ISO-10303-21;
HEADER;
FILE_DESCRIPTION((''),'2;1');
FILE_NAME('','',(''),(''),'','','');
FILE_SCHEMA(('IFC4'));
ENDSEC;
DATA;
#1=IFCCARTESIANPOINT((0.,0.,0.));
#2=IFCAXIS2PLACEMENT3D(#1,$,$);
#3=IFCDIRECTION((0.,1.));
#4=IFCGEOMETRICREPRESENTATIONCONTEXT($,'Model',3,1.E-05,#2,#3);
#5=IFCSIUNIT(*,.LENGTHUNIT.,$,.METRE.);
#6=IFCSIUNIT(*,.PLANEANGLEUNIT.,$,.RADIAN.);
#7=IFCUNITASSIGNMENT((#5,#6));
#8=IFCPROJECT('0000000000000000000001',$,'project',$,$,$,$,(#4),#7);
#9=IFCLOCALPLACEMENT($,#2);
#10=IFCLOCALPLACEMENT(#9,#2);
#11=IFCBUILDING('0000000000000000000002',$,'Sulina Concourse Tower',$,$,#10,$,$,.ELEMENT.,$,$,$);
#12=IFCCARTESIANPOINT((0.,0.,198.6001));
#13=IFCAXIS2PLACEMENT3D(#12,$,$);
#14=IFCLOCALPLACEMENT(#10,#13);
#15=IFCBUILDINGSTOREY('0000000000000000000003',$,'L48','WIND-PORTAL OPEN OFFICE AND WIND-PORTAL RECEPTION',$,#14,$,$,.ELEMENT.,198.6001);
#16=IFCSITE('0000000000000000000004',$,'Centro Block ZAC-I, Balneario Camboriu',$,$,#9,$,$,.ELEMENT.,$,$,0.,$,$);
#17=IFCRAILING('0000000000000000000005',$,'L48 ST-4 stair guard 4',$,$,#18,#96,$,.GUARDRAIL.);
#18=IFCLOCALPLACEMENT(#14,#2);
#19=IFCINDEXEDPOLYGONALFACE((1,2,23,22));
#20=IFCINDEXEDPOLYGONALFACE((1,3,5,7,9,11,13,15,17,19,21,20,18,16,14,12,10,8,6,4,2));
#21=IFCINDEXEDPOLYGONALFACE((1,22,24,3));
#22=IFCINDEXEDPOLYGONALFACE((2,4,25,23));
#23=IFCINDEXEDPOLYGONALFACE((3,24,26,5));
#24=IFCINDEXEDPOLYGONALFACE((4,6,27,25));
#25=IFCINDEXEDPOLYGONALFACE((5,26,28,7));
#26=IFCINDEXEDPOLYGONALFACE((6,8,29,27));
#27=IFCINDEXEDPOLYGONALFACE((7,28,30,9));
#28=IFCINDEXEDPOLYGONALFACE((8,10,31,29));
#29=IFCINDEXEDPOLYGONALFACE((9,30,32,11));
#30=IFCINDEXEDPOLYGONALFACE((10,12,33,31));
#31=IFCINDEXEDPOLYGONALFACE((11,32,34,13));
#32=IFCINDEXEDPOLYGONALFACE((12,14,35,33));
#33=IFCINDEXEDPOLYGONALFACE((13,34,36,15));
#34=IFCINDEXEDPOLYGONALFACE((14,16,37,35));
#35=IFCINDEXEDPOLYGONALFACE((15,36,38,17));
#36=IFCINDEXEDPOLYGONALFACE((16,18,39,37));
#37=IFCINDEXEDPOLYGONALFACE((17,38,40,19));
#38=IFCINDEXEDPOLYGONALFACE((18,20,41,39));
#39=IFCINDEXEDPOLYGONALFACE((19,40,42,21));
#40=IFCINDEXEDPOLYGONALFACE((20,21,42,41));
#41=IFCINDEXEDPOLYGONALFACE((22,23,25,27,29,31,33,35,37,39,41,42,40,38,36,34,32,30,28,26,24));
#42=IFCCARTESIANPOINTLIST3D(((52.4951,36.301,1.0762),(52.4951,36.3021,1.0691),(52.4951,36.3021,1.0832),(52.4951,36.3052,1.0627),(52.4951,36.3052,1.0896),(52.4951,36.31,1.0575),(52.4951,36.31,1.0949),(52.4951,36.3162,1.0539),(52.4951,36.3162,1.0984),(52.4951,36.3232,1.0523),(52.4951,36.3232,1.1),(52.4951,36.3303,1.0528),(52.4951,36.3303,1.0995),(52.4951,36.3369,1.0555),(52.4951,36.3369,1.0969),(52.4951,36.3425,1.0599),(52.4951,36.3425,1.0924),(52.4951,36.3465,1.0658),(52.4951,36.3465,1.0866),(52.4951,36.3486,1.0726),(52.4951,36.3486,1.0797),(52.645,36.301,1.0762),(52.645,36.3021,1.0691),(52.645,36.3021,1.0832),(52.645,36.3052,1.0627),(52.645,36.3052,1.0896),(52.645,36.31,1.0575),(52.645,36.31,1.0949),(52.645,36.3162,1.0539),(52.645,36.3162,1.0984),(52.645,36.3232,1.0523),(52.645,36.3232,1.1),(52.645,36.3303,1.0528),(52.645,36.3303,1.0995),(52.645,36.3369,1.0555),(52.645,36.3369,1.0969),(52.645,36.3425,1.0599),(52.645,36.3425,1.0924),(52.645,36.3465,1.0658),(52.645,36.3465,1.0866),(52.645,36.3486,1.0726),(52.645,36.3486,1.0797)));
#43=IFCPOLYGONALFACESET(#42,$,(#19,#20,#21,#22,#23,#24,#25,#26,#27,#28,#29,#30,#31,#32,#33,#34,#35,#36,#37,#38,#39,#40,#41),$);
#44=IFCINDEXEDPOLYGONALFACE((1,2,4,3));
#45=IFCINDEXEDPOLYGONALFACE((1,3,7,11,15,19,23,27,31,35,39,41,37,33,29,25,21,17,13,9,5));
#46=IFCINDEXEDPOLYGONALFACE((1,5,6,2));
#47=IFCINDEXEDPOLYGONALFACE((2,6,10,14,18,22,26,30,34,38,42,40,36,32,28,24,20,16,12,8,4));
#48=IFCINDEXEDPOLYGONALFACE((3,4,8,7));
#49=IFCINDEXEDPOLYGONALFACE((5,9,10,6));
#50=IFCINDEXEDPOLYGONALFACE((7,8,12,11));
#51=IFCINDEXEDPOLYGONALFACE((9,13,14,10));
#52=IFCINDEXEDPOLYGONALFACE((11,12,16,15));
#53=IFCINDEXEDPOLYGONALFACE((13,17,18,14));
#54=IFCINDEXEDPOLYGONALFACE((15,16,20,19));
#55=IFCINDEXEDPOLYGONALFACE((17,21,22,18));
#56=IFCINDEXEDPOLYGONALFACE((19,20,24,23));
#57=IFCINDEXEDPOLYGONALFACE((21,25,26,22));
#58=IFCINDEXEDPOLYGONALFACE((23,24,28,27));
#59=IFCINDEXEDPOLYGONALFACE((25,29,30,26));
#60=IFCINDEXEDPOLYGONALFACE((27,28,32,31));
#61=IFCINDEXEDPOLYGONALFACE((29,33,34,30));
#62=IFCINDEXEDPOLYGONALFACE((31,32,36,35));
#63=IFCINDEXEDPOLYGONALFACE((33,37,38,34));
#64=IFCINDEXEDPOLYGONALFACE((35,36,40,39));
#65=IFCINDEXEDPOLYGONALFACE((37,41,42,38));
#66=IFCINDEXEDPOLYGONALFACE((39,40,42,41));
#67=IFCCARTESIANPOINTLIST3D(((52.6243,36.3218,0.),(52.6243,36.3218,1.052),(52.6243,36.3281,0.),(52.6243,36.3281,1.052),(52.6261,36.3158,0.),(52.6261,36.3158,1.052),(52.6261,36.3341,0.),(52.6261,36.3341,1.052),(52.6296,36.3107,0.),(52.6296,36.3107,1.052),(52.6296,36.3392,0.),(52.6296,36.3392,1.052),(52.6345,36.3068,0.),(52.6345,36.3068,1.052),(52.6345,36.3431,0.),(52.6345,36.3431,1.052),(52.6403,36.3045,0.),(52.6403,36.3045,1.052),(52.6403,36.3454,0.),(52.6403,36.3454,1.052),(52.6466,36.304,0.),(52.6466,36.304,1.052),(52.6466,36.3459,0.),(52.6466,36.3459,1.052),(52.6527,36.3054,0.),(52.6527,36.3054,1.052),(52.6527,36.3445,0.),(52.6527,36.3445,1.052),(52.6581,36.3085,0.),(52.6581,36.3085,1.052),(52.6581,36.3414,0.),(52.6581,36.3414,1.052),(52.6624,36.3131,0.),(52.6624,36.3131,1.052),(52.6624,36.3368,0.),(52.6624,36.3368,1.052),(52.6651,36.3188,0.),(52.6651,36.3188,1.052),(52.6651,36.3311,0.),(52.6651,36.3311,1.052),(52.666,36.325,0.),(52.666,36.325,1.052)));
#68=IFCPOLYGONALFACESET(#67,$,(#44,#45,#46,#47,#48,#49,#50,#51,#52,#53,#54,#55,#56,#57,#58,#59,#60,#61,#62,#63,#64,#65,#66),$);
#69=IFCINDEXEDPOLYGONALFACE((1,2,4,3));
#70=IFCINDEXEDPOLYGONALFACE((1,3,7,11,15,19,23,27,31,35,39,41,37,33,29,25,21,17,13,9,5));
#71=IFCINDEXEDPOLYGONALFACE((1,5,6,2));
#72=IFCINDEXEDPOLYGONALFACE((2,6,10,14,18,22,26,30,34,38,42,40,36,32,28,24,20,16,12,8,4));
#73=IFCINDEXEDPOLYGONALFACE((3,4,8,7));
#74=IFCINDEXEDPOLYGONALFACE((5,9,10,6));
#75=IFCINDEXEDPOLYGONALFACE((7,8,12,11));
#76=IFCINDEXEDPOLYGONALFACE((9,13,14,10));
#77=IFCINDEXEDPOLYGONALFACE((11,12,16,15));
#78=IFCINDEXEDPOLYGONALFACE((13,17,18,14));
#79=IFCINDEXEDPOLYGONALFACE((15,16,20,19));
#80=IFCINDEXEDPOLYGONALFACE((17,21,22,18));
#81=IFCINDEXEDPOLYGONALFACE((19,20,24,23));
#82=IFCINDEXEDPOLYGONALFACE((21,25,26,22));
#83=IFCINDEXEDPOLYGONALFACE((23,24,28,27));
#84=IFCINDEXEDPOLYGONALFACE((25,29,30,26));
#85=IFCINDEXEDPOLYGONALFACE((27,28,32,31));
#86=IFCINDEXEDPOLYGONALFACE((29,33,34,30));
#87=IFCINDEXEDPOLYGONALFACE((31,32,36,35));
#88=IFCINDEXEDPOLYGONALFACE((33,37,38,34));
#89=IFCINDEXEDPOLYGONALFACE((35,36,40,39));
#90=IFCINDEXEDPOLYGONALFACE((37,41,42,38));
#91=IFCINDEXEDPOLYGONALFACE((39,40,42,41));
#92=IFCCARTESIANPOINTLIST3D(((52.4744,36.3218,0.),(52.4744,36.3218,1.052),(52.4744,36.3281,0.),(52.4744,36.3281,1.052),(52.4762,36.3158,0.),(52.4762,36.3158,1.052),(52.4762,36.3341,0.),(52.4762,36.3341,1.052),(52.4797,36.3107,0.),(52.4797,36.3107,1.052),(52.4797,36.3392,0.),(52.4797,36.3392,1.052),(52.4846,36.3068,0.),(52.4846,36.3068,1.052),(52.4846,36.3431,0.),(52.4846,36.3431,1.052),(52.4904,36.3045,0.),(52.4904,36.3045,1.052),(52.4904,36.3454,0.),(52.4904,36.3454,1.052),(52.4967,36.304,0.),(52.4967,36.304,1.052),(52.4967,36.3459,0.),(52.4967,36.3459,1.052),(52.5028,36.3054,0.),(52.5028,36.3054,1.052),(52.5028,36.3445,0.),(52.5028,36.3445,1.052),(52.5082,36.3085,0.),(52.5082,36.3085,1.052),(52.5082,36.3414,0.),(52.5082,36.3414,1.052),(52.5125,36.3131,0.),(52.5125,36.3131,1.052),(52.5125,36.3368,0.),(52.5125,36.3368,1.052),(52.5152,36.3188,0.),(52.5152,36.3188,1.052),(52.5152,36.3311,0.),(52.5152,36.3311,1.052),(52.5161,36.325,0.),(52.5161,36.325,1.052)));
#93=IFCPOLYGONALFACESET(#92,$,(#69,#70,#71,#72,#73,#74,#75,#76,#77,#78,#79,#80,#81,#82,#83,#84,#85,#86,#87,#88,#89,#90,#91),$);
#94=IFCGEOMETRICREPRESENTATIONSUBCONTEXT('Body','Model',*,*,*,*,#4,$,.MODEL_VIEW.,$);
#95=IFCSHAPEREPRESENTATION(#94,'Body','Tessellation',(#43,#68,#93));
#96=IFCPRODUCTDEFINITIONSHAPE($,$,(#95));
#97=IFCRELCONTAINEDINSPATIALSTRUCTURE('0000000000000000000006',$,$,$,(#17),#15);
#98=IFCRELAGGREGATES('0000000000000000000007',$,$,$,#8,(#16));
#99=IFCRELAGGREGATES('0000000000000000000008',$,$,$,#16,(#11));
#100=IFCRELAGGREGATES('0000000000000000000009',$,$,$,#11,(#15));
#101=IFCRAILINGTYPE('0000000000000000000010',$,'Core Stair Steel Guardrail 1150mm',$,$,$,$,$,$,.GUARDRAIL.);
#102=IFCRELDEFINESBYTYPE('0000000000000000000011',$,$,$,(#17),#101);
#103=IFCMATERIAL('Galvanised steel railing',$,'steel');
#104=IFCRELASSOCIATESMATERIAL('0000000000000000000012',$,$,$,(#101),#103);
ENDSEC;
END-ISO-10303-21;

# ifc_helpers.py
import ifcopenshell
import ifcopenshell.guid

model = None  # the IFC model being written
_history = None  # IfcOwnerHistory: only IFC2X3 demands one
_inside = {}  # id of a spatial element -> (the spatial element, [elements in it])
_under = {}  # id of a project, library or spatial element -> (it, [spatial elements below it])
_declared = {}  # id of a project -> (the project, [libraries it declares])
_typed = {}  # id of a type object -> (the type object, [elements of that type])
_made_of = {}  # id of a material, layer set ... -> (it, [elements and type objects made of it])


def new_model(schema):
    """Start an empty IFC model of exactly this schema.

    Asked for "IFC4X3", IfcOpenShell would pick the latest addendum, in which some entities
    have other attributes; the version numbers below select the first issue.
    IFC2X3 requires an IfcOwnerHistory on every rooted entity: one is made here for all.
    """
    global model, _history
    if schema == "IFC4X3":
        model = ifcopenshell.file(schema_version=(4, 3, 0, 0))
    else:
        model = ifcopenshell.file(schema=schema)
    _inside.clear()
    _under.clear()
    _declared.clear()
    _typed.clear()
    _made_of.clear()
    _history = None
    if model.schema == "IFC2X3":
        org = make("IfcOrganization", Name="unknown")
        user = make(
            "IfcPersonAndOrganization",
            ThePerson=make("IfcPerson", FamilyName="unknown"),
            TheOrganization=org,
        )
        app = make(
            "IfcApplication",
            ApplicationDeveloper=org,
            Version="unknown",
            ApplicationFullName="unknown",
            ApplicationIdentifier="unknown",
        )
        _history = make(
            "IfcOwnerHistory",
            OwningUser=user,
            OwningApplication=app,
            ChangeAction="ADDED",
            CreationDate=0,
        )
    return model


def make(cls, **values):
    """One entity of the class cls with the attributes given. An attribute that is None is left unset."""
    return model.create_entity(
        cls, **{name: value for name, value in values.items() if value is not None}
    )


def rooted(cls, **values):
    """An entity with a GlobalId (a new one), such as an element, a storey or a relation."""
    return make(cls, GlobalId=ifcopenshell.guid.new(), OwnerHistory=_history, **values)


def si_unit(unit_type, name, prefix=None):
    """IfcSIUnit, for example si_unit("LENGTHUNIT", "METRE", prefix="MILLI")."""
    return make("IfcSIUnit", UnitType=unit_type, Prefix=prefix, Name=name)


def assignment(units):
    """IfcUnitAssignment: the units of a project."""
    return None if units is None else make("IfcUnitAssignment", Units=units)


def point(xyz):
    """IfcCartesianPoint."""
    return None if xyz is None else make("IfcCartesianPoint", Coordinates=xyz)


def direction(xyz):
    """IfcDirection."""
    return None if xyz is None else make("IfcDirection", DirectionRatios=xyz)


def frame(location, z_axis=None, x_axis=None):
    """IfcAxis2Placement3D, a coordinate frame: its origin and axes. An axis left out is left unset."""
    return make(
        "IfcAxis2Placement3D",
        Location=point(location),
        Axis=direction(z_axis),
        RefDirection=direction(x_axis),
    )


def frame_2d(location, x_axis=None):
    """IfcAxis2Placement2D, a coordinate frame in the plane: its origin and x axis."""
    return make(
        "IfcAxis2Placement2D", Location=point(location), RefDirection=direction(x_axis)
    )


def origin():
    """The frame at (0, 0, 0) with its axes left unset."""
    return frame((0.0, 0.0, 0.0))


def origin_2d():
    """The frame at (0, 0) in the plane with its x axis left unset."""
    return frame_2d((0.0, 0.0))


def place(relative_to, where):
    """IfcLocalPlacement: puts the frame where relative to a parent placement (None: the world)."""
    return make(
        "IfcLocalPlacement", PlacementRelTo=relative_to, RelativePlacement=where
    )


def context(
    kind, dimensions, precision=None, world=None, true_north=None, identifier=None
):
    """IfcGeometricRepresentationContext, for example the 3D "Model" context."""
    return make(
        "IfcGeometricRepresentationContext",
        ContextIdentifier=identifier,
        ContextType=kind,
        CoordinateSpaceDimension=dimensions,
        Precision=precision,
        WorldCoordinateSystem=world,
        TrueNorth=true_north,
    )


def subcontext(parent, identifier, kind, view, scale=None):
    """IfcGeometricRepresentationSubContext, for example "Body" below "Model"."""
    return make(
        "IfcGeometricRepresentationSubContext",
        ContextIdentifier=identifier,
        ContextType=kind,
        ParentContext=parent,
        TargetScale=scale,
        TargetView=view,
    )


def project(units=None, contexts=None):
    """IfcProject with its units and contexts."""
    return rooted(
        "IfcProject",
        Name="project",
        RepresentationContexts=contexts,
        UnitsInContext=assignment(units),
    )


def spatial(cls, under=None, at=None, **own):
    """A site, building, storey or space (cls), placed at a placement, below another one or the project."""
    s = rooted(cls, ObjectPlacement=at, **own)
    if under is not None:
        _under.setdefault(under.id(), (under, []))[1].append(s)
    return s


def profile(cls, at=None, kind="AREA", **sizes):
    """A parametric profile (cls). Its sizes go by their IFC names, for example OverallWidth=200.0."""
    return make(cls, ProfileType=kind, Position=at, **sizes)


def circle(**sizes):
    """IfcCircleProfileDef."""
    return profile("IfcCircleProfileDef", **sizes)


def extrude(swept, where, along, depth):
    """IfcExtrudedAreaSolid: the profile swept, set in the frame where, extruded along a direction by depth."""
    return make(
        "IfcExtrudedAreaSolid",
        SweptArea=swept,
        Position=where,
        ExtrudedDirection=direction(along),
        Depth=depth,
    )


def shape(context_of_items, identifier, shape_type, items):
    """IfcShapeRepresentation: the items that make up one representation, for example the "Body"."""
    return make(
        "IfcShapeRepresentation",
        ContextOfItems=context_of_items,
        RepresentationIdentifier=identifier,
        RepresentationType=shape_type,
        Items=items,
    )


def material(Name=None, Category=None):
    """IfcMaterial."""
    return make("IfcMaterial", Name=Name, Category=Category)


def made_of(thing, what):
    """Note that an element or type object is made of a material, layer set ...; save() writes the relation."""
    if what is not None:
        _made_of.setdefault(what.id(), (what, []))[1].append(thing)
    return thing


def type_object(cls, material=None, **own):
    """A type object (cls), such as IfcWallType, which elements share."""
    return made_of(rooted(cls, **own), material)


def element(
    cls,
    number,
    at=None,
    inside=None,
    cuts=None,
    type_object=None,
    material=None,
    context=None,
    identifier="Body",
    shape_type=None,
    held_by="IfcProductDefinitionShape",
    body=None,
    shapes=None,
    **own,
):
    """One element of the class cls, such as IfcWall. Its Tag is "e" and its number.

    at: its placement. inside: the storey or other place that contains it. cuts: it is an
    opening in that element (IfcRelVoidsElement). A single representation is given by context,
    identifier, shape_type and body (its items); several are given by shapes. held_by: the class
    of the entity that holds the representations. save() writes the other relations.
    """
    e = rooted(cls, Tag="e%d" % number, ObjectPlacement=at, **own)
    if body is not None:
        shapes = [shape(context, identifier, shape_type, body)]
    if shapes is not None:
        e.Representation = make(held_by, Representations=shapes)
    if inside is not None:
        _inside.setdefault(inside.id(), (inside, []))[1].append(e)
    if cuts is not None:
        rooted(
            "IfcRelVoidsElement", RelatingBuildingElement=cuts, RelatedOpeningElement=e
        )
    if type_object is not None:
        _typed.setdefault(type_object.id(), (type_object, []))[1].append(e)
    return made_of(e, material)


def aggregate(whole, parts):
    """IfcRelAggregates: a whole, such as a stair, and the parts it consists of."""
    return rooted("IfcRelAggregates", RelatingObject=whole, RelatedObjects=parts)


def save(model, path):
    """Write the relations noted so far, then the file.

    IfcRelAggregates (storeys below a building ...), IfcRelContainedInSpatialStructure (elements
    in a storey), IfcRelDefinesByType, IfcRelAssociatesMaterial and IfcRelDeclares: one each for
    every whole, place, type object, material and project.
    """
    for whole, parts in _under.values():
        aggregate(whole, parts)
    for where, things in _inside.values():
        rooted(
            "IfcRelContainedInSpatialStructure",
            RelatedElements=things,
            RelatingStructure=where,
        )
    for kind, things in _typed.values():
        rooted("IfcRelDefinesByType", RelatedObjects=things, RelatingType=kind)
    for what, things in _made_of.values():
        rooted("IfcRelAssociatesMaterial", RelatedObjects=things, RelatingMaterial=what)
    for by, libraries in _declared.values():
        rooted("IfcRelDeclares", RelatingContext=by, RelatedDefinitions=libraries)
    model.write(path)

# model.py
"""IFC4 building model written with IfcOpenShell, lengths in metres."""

from ifc_helpers import new_model, si_unit, direction, frame, origin, origin_2d, place, context, subcontext, project, spatial, circle, extrude, material, type_object, element, save


model = new_model("IFC4")

# Units and contexts
model_context = context("Model", 3, precision=1e-05, world=origin(), true_north=direction((0.0, 1.0)))
body_context = subcontext(model_context, "Body", "Model", "MODEL_VIEW")
ifc_project = project(units=[si_unit("LENGTHUNIT", "METRE"), si_unit("PLANEANGLEUNIT", "RADIAN")], contexts=[model_context])

# Site, building, storey
site_placement = place(None, origin())
site = spatial("IfcSite", under=ifc_project, at=site_placement, Name="Centro Block ZAC-I, Balneario Camboriu", CompositionType="ELEMENT", RefElevation=0.0)
building_placement = place(site_placement, origin())
building = spatial("IfcBuilding", under=site, at=building_placement, Name="Sulina Concourse Tower", CompositionType="ELEMENT")
storey_placement = place(building_placement, frame((0.0, 0.0, 198.6001)))
storey = spatial("IfcBuildingStorey", under=building, at=storey_placement, Name="L48", Description="WIND-PORTAL OPEN OFFICE AND WIND-PORTAL RECEPTION", CompositionType="ELEMENT", Elevation=198.6001)

# Railing
ifc_material_1 = material(Name="Galvanised steel railing", Category="steel")
railing_type_1 = type_object("IfcRailingType", Name="Core Stair Steel Guardrail 1150mm", PredefinedType="GUARDRAIL", material=ifc_material_1)
railing_1_placement = place(storey_placement, frame((52.645, 36.325, 0.0)))
element("IfcRailing", 1, at=railing_1_placement, inside=storey, type_object=railing_type_1, Name="L48 ST-4 stair guard 4", PredefinedType="GUARDRAIL", context=body_context, shape_type="SweptSolid", body=[
    extrude(circle(Radius=0.0239, at=origin_2d()), frame((0.0, 0.0, 1.0762), z_axis=(-1.0, 0.0, 0.0), x_axis=(0.0, -1.0, 0.0)), (0.0, 0.0, 1.0), 0.1499),
    extrude(circle(Radius=0.021, at=origin_2d()), origin(), (0.0, 0.0, 1.0), 1.052),
    extrude(circle(Radius=0.021, at=origin_2d()), frame((-0.1499, 0.0, 0.0)), (0.0, 0.0, 1.0), 1.052),
])

save(model, "model.ifc")
